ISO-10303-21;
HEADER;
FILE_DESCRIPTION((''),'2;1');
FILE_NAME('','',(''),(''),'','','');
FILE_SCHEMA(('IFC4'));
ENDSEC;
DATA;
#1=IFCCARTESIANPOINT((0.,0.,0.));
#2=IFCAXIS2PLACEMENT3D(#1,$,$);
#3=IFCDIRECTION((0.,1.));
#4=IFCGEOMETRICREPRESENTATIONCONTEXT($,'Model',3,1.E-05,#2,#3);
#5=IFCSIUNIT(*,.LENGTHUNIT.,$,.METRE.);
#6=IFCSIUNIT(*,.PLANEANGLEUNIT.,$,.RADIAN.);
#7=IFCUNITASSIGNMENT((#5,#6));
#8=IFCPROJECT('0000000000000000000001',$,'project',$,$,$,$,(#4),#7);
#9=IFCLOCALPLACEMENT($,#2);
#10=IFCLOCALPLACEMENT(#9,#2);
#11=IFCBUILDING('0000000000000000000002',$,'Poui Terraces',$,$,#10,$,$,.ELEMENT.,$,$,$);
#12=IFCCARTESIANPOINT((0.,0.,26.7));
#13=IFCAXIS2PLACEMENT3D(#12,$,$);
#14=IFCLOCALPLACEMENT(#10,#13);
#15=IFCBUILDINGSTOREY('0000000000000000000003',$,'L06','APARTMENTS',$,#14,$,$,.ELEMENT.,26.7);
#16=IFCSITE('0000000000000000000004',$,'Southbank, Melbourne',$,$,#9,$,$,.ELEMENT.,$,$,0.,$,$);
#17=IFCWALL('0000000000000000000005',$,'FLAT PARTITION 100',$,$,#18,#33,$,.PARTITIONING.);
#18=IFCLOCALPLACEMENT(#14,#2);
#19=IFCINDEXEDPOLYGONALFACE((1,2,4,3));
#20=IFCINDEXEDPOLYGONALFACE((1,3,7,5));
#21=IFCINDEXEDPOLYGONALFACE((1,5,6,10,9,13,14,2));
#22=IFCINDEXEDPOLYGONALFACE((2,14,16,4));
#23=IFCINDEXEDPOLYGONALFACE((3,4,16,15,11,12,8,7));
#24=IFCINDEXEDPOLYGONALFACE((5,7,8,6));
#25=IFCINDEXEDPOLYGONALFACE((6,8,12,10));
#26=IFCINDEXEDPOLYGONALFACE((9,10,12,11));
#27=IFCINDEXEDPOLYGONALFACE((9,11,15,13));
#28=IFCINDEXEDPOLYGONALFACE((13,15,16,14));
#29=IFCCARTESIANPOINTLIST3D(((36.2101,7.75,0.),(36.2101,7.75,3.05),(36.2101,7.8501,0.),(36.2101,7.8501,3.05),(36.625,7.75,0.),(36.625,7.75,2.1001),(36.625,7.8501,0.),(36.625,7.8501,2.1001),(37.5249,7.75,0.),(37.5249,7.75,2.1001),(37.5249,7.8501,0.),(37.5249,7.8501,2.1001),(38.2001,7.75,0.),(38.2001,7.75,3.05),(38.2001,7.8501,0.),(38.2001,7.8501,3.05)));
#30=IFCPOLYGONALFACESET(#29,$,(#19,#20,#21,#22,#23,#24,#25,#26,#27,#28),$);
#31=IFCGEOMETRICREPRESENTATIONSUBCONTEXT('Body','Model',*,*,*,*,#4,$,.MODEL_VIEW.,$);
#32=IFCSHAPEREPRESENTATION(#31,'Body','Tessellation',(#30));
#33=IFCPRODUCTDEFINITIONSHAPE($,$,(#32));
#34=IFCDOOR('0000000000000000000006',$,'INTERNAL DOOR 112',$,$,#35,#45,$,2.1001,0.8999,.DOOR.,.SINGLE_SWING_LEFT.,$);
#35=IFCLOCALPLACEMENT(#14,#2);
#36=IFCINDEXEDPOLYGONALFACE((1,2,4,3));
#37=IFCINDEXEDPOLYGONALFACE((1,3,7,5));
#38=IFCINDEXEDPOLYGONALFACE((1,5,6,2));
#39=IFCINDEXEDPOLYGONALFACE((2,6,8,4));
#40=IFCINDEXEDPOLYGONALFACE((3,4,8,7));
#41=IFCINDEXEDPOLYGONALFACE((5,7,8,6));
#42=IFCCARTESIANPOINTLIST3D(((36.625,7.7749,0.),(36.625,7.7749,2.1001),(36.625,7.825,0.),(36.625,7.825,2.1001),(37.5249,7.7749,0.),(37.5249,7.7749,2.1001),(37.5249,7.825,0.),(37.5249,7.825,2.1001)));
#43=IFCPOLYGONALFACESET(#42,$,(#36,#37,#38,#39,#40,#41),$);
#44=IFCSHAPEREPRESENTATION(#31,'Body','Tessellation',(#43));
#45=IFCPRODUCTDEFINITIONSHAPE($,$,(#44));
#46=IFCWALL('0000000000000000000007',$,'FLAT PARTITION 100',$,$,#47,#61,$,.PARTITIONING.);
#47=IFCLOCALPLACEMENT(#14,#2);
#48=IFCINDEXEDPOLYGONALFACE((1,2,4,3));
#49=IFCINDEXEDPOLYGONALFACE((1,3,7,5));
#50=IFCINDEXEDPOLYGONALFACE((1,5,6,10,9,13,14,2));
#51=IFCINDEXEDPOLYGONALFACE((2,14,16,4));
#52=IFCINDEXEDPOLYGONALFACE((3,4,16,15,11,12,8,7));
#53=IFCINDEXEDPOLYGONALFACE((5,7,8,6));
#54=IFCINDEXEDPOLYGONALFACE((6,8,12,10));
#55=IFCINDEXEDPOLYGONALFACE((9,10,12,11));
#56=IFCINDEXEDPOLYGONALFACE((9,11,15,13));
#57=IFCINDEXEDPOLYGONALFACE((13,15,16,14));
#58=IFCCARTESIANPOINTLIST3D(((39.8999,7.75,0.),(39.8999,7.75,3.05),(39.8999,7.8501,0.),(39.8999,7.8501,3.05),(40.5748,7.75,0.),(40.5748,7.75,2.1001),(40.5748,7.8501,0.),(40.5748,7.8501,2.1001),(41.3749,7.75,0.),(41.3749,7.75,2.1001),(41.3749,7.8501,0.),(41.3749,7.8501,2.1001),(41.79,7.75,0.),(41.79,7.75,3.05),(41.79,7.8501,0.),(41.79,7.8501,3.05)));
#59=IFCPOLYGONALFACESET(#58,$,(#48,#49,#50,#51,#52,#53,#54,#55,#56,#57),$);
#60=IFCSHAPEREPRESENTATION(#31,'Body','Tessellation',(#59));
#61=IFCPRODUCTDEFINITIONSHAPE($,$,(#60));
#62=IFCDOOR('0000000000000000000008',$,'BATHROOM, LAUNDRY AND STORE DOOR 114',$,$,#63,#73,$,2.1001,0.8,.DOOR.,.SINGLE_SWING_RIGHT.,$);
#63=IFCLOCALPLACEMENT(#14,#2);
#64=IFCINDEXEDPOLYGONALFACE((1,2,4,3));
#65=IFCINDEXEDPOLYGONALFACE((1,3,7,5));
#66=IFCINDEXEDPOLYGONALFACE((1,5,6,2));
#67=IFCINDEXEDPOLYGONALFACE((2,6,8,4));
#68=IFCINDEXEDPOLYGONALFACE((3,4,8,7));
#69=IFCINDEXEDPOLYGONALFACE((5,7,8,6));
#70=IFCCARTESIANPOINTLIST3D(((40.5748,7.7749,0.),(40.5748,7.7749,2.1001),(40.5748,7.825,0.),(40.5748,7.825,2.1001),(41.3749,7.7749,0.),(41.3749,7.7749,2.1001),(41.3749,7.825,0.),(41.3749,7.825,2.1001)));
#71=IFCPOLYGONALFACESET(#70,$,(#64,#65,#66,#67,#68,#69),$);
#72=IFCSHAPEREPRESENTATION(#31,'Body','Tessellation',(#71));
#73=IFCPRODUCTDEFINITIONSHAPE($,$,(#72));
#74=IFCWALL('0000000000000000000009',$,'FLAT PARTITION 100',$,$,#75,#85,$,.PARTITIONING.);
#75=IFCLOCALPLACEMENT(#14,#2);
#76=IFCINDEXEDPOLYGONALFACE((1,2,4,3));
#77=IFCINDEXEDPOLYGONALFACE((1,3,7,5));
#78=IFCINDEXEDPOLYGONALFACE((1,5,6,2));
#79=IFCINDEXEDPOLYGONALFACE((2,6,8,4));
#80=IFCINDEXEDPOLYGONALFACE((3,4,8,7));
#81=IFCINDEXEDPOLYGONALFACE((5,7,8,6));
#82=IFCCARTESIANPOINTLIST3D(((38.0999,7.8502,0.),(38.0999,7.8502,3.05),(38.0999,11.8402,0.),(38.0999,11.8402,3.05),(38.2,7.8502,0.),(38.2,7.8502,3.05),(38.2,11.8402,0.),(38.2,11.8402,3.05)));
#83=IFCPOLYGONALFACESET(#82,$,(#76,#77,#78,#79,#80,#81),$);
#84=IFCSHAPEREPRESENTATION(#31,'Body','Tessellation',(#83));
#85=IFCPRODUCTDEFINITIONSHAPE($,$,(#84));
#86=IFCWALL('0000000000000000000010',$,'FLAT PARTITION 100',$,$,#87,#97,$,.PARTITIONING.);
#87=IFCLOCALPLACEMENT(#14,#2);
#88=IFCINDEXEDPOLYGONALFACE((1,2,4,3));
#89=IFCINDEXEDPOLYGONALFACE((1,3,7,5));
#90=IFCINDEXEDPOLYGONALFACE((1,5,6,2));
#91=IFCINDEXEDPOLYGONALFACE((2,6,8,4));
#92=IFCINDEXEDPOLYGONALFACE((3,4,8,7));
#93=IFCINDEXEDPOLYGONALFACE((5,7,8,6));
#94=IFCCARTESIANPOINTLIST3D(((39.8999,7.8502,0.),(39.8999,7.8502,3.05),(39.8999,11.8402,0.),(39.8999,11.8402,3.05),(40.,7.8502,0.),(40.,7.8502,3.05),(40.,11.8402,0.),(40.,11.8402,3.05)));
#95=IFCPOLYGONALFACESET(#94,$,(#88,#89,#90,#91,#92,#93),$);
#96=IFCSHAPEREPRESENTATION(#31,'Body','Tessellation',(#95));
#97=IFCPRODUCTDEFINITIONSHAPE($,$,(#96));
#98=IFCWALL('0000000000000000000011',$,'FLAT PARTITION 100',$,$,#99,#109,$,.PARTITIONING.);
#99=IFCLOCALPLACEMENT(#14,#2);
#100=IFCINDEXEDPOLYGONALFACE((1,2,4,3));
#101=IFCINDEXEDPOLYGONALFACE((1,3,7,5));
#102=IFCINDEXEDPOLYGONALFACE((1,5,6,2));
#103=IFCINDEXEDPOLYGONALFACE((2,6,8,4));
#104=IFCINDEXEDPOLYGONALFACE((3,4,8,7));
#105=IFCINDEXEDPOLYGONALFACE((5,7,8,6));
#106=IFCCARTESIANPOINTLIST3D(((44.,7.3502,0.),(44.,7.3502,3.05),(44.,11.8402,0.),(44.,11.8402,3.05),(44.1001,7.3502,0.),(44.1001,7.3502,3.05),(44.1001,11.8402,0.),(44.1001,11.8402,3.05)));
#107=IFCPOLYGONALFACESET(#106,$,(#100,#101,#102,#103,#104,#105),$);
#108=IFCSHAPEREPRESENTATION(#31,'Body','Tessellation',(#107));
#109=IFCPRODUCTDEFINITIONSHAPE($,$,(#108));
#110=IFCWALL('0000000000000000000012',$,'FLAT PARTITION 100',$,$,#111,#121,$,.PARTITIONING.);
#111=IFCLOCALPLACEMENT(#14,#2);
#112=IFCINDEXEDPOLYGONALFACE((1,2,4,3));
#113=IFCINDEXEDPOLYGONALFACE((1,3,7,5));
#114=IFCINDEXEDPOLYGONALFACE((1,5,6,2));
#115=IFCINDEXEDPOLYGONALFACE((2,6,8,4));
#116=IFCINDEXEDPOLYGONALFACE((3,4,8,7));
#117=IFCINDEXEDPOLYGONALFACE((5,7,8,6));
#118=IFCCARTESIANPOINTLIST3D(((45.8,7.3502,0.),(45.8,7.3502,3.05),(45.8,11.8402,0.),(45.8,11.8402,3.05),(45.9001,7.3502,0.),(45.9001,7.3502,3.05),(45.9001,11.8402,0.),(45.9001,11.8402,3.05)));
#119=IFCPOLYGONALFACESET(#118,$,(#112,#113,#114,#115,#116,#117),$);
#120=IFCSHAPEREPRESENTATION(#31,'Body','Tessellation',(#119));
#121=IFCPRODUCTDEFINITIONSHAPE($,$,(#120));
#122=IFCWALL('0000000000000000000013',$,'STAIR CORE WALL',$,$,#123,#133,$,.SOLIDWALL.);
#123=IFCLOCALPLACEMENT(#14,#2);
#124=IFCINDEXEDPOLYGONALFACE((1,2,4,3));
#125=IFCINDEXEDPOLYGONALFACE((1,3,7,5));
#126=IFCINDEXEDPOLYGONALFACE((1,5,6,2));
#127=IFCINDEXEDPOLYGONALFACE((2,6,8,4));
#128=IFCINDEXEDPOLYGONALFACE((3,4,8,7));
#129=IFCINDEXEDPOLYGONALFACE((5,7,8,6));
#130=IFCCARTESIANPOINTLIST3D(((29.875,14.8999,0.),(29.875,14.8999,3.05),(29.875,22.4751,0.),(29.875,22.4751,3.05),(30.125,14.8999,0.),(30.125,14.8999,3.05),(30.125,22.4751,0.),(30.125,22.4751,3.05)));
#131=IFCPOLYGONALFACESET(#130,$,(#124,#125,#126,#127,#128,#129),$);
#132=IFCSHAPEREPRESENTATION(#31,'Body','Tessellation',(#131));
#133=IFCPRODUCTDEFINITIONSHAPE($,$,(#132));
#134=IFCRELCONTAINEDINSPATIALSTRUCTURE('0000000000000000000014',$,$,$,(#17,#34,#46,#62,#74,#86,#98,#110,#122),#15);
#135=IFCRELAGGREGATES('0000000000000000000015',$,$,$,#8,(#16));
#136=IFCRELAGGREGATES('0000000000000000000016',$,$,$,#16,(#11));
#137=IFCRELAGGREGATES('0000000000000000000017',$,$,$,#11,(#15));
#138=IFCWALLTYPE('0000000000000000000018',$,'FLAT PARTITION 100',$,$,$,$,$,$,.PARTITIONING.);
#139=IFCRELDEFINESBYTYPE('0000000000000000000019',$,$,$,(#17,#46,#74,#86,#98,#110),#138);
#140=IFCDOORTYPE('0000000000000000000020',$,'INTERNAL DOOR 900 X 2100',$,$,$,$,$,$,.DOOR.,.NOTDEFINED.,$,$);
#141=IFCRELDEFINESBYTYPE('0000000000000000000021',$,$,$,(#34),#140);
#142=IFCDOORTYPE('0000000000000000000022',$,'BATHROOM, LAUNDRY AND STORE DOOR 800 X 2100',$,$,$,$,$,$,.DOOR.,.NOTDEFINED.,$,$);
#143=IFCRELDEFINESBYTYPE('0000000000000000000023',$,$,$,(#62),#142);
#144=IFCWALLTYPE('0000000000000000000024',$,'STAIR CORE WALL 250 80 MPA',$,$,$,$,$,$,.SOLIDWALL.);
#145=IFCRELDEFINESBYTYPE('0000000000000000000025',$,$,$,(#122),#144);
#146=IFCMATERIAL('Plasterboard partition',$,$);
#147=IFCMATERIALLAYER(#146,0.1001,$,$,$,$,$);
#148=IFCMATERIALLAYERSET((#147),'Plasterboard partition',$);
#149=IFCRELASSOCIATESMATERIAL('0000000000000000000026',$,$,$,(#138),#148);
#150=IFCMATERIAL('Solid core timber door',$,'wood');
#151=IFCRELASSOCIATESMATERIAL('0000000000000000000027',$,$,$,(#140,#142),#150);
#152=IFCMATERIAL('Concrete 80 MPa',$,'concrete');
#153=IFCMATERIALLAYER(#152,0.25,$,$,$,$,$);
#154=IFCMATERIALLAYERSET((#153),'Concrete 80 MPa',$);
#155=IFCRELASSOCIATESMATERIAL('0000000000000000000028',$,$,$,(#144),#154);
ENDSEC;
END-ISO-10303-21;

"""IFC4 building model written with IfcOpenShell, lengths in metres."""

from ifc_helpers import new_model, si_unit, direction, frame, frame_2d, origin, place, context, subcontext, project, spatial, rectangle, extrude, material, layer, layer_set, type_object, element, fill, save


model = new_model("IFC4")

# Units and contexts
model_context = context("Model", 3, precision=1e-05, world=origin(), true_north=direction((0.0, 1.0)))
body_context = subcontext(model_context, "Body", "Model", "MODEL_VIEW")
ifc_project = project(units=[si_unit("LENGTHUNIT", "METRE"), si_unit("PLANEANGLEUNIT", "RADIAN")], contexts=[model_context])

# Site, building, storey
site_placement = place(None, origin())
site = spatial("IfcSite", under=ifc_project, at=site_placement, Name="Southbank, Melbourne", CompositionType="ELEMENT", RefElevation=0.0)
building_placement = place(site_placement, origin())
building = spatial("IfcBuilding", under=site, at=building_placement, Name="Poui Terraces", CompositionType="ELEMENT")
storey_placement = place(building_placement, frame((0.0, 0.0, 26.7)))
storey = spatial("IfcBuildingStorey", under=building, at=storey_placement, Name="L06", Description="APARTMENTS", CompositionType="ELEMENT", Elevation=26.7)

# Shared definitions
ifc_material_1 = material(Name="Concrete 80 MPa", Category="concrete")

# Walls, openings, doors
ifc_material_2 = material(Name="Plasterboard partition")
ifc_layer_1 = layer(ifc_material_2, 0.1001)
ifc_layer_set_1 = layer_set([ifc_layer_1], Name="Plasterboard partition")
wall_type_1 = type_object("IfcWallType", Name="FLAT PARTITION 100", PredefinedType="PARTITIONING", material=ifc_layer_set_1)
ifc_material_3 = material(Name="Solid core timber door", Category="wood")
door_type_1 = type_object("IfcDoorType", Name="INTERNAL DOOR 900 X 2100", OperationType="NOTDEFINED", PredefinedType="DOOR", material=ifc_material_3)
door_type_2 = type_object("IfcDoorType", Name="BATHROOM, LAUNDRY AND STORE DOOR 800 X 2100", OperationType="NOTDEFINED", PredefinedType="DOOR", material=ifc_material_3)
wall_1_placement = place(storey_placement, frame((36.21, 7.8, 0.0), z_axis=(0.0, 0.0, 1.0), x_axis=(1.0, 0.0, 0.0)))
wall_1 = element("IfcWall", 1, at=wall_1_placement, inside=storey, type_object=wall_type_1, Name="FLAT PARTITION 100", PredefinedType="PARTITIONING", context=body_context, shape_type="SweptSolid", body=[
    extrude(rectangle(XDim=1.99, YDim=0.1001, at=frame_2d((0.9951, 0.0))), origin(), (0.0, 0.0, 1.0), 3.05),
])
opening_1_placement = place(wall_1_placement, frame((0.415, 0.0, 0.0)))
opening_1 = element("IfcOpeningElement", 2, at=opening_1_placement, cuts=wall_1, PredefinedType="OPENING", context=body_context, shape_type="SweptSolid", body=[
    extrude(rectangle(XDim=0.8999, YDim=2.1001, at=frame_2d((0.45, 1.05))), frame((0.0, 0.0601, 0.0), z_axis=(0.0, -1.0, 0.0), x_axis=(1.0, 0.0, 0.0)), (0.0, 0.0, 1.0), 0.1201),
])
door_1_placement = place(opening_1_placement, origin())
door_1 = element("IfcDoor", 3, at=door_1_placement, inside=storey, type_object=door_type_1, Name="INTERNAL DOOR 112", OperationType="SINGLE_SWING_LEFT", OverallHeight=2.1001, OverallWidth=0.8999, PredefinedType="DOOR", context=body_context, shape_type="SweptSolid", body=[
    extrude(rectangle(XDim=0.8999, YDim=2.1001, at=frame_2d((0.45, 1.05))), frame((0.0, 0.0249, 0.0), z_axis=(0.0, -1.0, 0.0), x_axis=(1.0, 0.0, 0.0)), (0.0, 0.0, 1.0), 0.05),
])
fill(opening_1, door_1)
wall_2_placement = place(storey_placement, frame((39.8999, 7.8, 0.0), z_axis=(0.0, 0.0, 1.0), x_axis=(1.0, 0.0, 0.0)))
wall_2 = element("IfcWall", 4, at=wall_2_placement, inside=storey, type_object=wall_type_1, Name="FLAT PARTITION 100", PredefinedType="PARTITIONING", context=body_context, shape_type="SweptSolid", body=[
    extrude(rectangle(XDim=1.8901, YDim=0.1001, at=frame_2d((0.9451, 0.0))), origin(), (0.0, 0.0, 1.0), 3.05),
])
opening_2_placement = place(wall_2_placement, frame((0.675, 0.0, 0.0)))
opening_2 = element("IfcOpeningElement", 5, at=opening_2_placement, cuts=wall_2, PredefinedType="OPENING", context=body_context, shape_type="SweptSolid", body=[
    extrude(rectangle(XDim=0.8, YDim=2.1001, at=frame_2d((0.3999, 1.05))), frame((0.0, 0.0601, 0.0), z_axis=(0.0, -1.0, 0.0), x_axis=(1.0, 0.0, 0.0)), (0.0, 0.0, 1.0), 0.1201),
])
door_2_placement = place(opening_2_placement, origin())
door_2 = element("IfcDoor", 6, at=door_2_placement, inside=storey, type_object=door_type_2, Name="BATHROOM, LAUNDRY AND STORE DOOR 114", OperationType="SINGLE_SWING_RIGHT", OverallHeight=2.1001, OverallWidth=0.8, PredefinedType="DOOR", context=body_context, shape_type="SweptSolid", body=[
    extrude(rectangle(XDim=0.8, YDim=2.1001, at=frame_2d((0.3999, 1.05))), frame((0.0, 0.0249, 0.0), z_axis=(0.0, -1.0, 0.0), x_axis=(1.0, 0.0, 0.0)), (0.0, 0.0, 1.0), 0.05),
])
fill(opening_2, door_2)

# Walls
for number, where, z_axis, x_axis, name in (
    (7, (38.1499, 7.8501, 0.0), (0.0, 0.0, 1.0), (0.0, 1.0, 0.0), "FLAT PARTITION 100"),
    (8, (39.95, 7.8501, 0.0), (0.0, 0.0, 1.0), (0.0, 1.0, 0.0), "FLAT PARTITION 100"),
):
    element("IfcWall", number, at=place(storey_placement, frame(where, z_axis=z_axis, x_axis=x_axis)), inside=storey, type_object=wall_type_1, Name=name, PredefinedType="PARTITIONING", context=body_context, shape_type="SweptSolid", body=[
        extrude(rectangle(XDim=3.99, YDim=0.1001, at=frame_2d((1.9951, 0.0))), origin(), (0.0, 0.0, 1.0), 3.05),
    ])
for number, where, z_axis, x_axis, name in (
    (9, (44.05, 7.3501, 0.0), (0.0, 0.0, 1.0), (0.0, 1.0, 0.0), "FLAT PARTITION 100"),
    (10, (45.8501, 7.3501, 0.0), (0.0, 0.0, 1.0), (0.0, 1.0, 0.0), "FLAT PARTITION 100"),
):
    element("IfcWall", number, at=place(storey_placement, frame(where, z_axis=z_axis, x_axis=x_axis)), inside=storey, type_object=wall_type_1, Name=name, PredefinedType="PARTITIONING", context=body_context, shape_type="SweptSolid", body=[
        extrude(rectangle(XDim=4.49, YDim=0.1001, at=frame_2d((2.2451, 0.0))), origin(), (0.0, 0.0, 1.0), 3.05),
    ])
ifc_layer_2 = layer(ifc_material_1, 0.25)
ifc_layer_set_2 = layer_set([ifc_layer_2], Name="Concrete 80 MPa")
wall_type_2 = type_object("IfcWallType", Name="STAIR CORE WALL 250 80 MPA", PredefinedType="SOLIDWALL", material=ifc_layer_set_2)
wall_3_placement = place(storey_placement, frame((30.0, 14.8999, 0.0), z_axis=(0.0, 0.0, 1.0), x_axis=(0.0, 1.0, 0.0)))
element("IfcWall", 11, at=wall_3_placement, inside=storey, type_object=wall_type_2, Name="STAIR CORE WALL", PredefinedType="SOLIDWALL", context=body_context, shape_type="SweptSolid", body=[
    extrude(rectangle(XDim=7.5752, YDim=0.25, at=frame_2d((3.7876, 0.0))), origin(), (0.0, 0.0, 1.0), 3.05),
])

save(model, "model.ifc")
